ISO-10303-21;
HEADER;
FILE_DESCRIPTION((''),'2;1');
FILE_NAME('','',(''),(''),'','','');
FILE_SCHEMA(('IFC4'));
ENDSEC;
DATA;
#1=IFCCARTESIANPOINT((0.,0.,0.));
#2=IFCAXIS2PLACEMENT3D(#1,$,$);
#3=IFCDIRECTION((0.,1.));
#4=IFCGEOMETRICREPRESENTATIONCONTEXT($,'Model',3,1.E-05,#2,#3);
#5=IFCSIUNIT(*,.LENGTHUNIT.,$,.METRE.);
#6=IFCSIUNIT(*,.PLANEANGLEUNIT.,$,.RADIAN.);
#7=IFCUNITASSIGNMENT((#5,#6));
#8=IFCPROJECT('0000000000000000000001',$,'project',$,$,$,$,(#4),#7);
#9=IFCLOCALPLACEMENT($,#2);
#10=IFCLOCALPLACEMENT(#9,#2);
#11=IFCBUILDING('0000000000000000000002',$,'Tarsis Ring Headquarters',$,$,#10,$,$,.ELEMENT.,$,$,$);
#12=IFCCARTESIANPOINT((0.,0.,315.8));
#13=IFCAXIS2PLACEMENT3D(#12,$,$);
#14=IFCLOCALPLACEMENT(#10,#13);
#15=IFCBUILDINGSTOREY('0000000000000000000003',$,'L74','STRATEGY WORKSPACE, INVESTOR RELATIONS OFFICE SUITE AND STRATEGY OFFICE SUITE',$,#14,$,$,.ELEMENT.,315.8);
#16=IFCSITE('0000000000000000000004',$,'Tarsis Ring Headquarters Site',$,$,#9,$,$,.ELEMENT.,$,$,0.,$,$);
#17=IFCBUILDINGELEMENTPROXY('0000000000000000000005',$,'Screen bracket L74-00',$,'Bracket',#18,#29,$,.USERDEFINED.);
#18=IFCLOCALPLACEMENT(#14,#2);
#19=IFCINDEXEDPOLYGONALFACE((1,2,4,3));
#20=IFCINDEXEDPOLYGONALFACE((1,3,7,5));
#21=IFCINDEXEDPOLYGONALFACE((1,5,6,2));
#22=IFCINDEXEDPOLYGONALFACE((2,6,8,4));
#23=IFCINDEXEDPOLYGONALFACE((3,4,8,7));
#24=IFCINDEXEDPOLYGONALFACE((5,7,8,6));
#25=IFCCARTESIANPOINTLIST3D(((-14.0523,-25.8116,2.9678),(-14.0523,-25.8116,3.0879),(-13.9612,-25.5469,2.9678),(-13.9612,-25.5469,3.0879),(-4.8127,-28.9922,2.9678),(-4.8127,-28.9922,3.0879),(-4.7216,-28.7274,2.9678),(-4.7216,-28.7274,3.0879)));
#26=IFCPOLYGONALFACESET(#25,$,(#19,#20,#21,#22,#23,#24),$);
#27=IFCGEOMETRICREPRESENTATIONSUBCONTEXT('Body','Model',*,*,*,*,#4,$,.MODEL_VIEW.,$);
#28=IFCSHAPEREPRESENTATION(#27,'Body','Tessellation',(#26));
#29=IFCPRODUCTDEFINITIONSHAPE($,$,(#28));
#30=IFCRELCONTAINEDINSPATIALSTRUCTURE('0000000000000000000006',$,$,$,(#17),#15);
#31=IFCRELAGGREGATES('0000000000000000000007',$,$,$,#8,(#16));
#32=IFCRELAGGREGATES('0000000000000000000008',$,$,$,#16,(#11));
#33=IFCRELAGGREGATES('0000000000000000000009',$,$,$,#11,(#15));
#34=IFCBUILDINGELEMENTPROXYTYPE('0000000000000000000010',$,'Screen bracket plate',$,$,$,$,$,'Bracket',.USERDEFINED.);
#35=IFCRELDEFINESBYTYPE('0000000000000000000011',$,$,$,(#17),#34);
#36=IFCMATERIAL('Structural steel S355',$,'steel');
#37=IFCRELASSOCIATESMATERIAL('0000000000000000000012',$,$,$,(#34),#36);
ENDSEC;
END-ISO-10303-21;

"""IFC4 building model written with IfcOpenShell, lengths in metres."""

from ifc_helpers import new_model, si_unit, direction, frame, origin, origin_2d, place, context, subcontext, project, spatial, rectangle, extrude, material, type_object, element, save


model = new_model("IFC4")

# Units and contexts
model_context = context("Model", 3, precision=1e-05, world=origin(), true_north=direction((0.0, 1.0)))
body_context = subcontext(model_context, "Body", "Model", "MODEL_VIEW")
ifc_project = project(units=[si_unit("LENGTHUNIT", "METRE"), si_unit("PLANEANGLEUNIT", "RADIAN")], contexts=[model_context])

# Site, building, storey
site_placement = place(None, origin())
site = spatial("IfcSite", under=ifc_project, at=site_placement, Name="Tarsis Ring Headquarters Site", CompositionType="ELEMENT", RefElevation=0.0)
building_placement = place(site_placement, origin())
building = spatial("IfcBuilding", under=site, at=building_placement, Name="Tarsis Ring Headquarters", CompositionType="ELEMENT")
storey_placement = place(building_placement, frame((0.0, 0.0, 315.8)))
storey = spatial("IfcBuildingStorey", under=building, at=storey_placement, Name="L74", Description="STRATEGY WORKSPACE, INVESTOR RELATIONS OFFICE SUITE AND STRATEGY OFFICE SUITE", CompositionType="ELEMENT", Elevation=315.8)

# Shared definitions
ifc_material_1 = material(Name="Structural steel S355", Category="steel")

# Building element proxy
building_element_proxy_type = type_object("IfcBuildingElementProxyType", Name="Screen bracket plate", ElementType="Bracket", PredefinedType="USERDEFINED", material=ifc_material_1)
proxy_placement = place(storey_placement, frame((-9.387, -27.2695, 2.9678), z_axis=(0.0, 0.0, 1.0), x_axis=(0.945547, -0.325486, 0.0)))
element("IfcBuildingElementProxy", 1, at=proxy_placement, inside=storey, type_object=building_element_proxy_type, Name="Screen bracket L74-00", ObjectType="Bracket", PredefinedType="USERDEFINED", context=body_context, shape_type="SweptSolid", body=[
    extrude(rectangle(XDim=9.7717, YDim=0.28, at=origin_2d()), origin(), (0.0, 0.0, 1.0), 0.1201),
])

save(model, "model.ifc")
